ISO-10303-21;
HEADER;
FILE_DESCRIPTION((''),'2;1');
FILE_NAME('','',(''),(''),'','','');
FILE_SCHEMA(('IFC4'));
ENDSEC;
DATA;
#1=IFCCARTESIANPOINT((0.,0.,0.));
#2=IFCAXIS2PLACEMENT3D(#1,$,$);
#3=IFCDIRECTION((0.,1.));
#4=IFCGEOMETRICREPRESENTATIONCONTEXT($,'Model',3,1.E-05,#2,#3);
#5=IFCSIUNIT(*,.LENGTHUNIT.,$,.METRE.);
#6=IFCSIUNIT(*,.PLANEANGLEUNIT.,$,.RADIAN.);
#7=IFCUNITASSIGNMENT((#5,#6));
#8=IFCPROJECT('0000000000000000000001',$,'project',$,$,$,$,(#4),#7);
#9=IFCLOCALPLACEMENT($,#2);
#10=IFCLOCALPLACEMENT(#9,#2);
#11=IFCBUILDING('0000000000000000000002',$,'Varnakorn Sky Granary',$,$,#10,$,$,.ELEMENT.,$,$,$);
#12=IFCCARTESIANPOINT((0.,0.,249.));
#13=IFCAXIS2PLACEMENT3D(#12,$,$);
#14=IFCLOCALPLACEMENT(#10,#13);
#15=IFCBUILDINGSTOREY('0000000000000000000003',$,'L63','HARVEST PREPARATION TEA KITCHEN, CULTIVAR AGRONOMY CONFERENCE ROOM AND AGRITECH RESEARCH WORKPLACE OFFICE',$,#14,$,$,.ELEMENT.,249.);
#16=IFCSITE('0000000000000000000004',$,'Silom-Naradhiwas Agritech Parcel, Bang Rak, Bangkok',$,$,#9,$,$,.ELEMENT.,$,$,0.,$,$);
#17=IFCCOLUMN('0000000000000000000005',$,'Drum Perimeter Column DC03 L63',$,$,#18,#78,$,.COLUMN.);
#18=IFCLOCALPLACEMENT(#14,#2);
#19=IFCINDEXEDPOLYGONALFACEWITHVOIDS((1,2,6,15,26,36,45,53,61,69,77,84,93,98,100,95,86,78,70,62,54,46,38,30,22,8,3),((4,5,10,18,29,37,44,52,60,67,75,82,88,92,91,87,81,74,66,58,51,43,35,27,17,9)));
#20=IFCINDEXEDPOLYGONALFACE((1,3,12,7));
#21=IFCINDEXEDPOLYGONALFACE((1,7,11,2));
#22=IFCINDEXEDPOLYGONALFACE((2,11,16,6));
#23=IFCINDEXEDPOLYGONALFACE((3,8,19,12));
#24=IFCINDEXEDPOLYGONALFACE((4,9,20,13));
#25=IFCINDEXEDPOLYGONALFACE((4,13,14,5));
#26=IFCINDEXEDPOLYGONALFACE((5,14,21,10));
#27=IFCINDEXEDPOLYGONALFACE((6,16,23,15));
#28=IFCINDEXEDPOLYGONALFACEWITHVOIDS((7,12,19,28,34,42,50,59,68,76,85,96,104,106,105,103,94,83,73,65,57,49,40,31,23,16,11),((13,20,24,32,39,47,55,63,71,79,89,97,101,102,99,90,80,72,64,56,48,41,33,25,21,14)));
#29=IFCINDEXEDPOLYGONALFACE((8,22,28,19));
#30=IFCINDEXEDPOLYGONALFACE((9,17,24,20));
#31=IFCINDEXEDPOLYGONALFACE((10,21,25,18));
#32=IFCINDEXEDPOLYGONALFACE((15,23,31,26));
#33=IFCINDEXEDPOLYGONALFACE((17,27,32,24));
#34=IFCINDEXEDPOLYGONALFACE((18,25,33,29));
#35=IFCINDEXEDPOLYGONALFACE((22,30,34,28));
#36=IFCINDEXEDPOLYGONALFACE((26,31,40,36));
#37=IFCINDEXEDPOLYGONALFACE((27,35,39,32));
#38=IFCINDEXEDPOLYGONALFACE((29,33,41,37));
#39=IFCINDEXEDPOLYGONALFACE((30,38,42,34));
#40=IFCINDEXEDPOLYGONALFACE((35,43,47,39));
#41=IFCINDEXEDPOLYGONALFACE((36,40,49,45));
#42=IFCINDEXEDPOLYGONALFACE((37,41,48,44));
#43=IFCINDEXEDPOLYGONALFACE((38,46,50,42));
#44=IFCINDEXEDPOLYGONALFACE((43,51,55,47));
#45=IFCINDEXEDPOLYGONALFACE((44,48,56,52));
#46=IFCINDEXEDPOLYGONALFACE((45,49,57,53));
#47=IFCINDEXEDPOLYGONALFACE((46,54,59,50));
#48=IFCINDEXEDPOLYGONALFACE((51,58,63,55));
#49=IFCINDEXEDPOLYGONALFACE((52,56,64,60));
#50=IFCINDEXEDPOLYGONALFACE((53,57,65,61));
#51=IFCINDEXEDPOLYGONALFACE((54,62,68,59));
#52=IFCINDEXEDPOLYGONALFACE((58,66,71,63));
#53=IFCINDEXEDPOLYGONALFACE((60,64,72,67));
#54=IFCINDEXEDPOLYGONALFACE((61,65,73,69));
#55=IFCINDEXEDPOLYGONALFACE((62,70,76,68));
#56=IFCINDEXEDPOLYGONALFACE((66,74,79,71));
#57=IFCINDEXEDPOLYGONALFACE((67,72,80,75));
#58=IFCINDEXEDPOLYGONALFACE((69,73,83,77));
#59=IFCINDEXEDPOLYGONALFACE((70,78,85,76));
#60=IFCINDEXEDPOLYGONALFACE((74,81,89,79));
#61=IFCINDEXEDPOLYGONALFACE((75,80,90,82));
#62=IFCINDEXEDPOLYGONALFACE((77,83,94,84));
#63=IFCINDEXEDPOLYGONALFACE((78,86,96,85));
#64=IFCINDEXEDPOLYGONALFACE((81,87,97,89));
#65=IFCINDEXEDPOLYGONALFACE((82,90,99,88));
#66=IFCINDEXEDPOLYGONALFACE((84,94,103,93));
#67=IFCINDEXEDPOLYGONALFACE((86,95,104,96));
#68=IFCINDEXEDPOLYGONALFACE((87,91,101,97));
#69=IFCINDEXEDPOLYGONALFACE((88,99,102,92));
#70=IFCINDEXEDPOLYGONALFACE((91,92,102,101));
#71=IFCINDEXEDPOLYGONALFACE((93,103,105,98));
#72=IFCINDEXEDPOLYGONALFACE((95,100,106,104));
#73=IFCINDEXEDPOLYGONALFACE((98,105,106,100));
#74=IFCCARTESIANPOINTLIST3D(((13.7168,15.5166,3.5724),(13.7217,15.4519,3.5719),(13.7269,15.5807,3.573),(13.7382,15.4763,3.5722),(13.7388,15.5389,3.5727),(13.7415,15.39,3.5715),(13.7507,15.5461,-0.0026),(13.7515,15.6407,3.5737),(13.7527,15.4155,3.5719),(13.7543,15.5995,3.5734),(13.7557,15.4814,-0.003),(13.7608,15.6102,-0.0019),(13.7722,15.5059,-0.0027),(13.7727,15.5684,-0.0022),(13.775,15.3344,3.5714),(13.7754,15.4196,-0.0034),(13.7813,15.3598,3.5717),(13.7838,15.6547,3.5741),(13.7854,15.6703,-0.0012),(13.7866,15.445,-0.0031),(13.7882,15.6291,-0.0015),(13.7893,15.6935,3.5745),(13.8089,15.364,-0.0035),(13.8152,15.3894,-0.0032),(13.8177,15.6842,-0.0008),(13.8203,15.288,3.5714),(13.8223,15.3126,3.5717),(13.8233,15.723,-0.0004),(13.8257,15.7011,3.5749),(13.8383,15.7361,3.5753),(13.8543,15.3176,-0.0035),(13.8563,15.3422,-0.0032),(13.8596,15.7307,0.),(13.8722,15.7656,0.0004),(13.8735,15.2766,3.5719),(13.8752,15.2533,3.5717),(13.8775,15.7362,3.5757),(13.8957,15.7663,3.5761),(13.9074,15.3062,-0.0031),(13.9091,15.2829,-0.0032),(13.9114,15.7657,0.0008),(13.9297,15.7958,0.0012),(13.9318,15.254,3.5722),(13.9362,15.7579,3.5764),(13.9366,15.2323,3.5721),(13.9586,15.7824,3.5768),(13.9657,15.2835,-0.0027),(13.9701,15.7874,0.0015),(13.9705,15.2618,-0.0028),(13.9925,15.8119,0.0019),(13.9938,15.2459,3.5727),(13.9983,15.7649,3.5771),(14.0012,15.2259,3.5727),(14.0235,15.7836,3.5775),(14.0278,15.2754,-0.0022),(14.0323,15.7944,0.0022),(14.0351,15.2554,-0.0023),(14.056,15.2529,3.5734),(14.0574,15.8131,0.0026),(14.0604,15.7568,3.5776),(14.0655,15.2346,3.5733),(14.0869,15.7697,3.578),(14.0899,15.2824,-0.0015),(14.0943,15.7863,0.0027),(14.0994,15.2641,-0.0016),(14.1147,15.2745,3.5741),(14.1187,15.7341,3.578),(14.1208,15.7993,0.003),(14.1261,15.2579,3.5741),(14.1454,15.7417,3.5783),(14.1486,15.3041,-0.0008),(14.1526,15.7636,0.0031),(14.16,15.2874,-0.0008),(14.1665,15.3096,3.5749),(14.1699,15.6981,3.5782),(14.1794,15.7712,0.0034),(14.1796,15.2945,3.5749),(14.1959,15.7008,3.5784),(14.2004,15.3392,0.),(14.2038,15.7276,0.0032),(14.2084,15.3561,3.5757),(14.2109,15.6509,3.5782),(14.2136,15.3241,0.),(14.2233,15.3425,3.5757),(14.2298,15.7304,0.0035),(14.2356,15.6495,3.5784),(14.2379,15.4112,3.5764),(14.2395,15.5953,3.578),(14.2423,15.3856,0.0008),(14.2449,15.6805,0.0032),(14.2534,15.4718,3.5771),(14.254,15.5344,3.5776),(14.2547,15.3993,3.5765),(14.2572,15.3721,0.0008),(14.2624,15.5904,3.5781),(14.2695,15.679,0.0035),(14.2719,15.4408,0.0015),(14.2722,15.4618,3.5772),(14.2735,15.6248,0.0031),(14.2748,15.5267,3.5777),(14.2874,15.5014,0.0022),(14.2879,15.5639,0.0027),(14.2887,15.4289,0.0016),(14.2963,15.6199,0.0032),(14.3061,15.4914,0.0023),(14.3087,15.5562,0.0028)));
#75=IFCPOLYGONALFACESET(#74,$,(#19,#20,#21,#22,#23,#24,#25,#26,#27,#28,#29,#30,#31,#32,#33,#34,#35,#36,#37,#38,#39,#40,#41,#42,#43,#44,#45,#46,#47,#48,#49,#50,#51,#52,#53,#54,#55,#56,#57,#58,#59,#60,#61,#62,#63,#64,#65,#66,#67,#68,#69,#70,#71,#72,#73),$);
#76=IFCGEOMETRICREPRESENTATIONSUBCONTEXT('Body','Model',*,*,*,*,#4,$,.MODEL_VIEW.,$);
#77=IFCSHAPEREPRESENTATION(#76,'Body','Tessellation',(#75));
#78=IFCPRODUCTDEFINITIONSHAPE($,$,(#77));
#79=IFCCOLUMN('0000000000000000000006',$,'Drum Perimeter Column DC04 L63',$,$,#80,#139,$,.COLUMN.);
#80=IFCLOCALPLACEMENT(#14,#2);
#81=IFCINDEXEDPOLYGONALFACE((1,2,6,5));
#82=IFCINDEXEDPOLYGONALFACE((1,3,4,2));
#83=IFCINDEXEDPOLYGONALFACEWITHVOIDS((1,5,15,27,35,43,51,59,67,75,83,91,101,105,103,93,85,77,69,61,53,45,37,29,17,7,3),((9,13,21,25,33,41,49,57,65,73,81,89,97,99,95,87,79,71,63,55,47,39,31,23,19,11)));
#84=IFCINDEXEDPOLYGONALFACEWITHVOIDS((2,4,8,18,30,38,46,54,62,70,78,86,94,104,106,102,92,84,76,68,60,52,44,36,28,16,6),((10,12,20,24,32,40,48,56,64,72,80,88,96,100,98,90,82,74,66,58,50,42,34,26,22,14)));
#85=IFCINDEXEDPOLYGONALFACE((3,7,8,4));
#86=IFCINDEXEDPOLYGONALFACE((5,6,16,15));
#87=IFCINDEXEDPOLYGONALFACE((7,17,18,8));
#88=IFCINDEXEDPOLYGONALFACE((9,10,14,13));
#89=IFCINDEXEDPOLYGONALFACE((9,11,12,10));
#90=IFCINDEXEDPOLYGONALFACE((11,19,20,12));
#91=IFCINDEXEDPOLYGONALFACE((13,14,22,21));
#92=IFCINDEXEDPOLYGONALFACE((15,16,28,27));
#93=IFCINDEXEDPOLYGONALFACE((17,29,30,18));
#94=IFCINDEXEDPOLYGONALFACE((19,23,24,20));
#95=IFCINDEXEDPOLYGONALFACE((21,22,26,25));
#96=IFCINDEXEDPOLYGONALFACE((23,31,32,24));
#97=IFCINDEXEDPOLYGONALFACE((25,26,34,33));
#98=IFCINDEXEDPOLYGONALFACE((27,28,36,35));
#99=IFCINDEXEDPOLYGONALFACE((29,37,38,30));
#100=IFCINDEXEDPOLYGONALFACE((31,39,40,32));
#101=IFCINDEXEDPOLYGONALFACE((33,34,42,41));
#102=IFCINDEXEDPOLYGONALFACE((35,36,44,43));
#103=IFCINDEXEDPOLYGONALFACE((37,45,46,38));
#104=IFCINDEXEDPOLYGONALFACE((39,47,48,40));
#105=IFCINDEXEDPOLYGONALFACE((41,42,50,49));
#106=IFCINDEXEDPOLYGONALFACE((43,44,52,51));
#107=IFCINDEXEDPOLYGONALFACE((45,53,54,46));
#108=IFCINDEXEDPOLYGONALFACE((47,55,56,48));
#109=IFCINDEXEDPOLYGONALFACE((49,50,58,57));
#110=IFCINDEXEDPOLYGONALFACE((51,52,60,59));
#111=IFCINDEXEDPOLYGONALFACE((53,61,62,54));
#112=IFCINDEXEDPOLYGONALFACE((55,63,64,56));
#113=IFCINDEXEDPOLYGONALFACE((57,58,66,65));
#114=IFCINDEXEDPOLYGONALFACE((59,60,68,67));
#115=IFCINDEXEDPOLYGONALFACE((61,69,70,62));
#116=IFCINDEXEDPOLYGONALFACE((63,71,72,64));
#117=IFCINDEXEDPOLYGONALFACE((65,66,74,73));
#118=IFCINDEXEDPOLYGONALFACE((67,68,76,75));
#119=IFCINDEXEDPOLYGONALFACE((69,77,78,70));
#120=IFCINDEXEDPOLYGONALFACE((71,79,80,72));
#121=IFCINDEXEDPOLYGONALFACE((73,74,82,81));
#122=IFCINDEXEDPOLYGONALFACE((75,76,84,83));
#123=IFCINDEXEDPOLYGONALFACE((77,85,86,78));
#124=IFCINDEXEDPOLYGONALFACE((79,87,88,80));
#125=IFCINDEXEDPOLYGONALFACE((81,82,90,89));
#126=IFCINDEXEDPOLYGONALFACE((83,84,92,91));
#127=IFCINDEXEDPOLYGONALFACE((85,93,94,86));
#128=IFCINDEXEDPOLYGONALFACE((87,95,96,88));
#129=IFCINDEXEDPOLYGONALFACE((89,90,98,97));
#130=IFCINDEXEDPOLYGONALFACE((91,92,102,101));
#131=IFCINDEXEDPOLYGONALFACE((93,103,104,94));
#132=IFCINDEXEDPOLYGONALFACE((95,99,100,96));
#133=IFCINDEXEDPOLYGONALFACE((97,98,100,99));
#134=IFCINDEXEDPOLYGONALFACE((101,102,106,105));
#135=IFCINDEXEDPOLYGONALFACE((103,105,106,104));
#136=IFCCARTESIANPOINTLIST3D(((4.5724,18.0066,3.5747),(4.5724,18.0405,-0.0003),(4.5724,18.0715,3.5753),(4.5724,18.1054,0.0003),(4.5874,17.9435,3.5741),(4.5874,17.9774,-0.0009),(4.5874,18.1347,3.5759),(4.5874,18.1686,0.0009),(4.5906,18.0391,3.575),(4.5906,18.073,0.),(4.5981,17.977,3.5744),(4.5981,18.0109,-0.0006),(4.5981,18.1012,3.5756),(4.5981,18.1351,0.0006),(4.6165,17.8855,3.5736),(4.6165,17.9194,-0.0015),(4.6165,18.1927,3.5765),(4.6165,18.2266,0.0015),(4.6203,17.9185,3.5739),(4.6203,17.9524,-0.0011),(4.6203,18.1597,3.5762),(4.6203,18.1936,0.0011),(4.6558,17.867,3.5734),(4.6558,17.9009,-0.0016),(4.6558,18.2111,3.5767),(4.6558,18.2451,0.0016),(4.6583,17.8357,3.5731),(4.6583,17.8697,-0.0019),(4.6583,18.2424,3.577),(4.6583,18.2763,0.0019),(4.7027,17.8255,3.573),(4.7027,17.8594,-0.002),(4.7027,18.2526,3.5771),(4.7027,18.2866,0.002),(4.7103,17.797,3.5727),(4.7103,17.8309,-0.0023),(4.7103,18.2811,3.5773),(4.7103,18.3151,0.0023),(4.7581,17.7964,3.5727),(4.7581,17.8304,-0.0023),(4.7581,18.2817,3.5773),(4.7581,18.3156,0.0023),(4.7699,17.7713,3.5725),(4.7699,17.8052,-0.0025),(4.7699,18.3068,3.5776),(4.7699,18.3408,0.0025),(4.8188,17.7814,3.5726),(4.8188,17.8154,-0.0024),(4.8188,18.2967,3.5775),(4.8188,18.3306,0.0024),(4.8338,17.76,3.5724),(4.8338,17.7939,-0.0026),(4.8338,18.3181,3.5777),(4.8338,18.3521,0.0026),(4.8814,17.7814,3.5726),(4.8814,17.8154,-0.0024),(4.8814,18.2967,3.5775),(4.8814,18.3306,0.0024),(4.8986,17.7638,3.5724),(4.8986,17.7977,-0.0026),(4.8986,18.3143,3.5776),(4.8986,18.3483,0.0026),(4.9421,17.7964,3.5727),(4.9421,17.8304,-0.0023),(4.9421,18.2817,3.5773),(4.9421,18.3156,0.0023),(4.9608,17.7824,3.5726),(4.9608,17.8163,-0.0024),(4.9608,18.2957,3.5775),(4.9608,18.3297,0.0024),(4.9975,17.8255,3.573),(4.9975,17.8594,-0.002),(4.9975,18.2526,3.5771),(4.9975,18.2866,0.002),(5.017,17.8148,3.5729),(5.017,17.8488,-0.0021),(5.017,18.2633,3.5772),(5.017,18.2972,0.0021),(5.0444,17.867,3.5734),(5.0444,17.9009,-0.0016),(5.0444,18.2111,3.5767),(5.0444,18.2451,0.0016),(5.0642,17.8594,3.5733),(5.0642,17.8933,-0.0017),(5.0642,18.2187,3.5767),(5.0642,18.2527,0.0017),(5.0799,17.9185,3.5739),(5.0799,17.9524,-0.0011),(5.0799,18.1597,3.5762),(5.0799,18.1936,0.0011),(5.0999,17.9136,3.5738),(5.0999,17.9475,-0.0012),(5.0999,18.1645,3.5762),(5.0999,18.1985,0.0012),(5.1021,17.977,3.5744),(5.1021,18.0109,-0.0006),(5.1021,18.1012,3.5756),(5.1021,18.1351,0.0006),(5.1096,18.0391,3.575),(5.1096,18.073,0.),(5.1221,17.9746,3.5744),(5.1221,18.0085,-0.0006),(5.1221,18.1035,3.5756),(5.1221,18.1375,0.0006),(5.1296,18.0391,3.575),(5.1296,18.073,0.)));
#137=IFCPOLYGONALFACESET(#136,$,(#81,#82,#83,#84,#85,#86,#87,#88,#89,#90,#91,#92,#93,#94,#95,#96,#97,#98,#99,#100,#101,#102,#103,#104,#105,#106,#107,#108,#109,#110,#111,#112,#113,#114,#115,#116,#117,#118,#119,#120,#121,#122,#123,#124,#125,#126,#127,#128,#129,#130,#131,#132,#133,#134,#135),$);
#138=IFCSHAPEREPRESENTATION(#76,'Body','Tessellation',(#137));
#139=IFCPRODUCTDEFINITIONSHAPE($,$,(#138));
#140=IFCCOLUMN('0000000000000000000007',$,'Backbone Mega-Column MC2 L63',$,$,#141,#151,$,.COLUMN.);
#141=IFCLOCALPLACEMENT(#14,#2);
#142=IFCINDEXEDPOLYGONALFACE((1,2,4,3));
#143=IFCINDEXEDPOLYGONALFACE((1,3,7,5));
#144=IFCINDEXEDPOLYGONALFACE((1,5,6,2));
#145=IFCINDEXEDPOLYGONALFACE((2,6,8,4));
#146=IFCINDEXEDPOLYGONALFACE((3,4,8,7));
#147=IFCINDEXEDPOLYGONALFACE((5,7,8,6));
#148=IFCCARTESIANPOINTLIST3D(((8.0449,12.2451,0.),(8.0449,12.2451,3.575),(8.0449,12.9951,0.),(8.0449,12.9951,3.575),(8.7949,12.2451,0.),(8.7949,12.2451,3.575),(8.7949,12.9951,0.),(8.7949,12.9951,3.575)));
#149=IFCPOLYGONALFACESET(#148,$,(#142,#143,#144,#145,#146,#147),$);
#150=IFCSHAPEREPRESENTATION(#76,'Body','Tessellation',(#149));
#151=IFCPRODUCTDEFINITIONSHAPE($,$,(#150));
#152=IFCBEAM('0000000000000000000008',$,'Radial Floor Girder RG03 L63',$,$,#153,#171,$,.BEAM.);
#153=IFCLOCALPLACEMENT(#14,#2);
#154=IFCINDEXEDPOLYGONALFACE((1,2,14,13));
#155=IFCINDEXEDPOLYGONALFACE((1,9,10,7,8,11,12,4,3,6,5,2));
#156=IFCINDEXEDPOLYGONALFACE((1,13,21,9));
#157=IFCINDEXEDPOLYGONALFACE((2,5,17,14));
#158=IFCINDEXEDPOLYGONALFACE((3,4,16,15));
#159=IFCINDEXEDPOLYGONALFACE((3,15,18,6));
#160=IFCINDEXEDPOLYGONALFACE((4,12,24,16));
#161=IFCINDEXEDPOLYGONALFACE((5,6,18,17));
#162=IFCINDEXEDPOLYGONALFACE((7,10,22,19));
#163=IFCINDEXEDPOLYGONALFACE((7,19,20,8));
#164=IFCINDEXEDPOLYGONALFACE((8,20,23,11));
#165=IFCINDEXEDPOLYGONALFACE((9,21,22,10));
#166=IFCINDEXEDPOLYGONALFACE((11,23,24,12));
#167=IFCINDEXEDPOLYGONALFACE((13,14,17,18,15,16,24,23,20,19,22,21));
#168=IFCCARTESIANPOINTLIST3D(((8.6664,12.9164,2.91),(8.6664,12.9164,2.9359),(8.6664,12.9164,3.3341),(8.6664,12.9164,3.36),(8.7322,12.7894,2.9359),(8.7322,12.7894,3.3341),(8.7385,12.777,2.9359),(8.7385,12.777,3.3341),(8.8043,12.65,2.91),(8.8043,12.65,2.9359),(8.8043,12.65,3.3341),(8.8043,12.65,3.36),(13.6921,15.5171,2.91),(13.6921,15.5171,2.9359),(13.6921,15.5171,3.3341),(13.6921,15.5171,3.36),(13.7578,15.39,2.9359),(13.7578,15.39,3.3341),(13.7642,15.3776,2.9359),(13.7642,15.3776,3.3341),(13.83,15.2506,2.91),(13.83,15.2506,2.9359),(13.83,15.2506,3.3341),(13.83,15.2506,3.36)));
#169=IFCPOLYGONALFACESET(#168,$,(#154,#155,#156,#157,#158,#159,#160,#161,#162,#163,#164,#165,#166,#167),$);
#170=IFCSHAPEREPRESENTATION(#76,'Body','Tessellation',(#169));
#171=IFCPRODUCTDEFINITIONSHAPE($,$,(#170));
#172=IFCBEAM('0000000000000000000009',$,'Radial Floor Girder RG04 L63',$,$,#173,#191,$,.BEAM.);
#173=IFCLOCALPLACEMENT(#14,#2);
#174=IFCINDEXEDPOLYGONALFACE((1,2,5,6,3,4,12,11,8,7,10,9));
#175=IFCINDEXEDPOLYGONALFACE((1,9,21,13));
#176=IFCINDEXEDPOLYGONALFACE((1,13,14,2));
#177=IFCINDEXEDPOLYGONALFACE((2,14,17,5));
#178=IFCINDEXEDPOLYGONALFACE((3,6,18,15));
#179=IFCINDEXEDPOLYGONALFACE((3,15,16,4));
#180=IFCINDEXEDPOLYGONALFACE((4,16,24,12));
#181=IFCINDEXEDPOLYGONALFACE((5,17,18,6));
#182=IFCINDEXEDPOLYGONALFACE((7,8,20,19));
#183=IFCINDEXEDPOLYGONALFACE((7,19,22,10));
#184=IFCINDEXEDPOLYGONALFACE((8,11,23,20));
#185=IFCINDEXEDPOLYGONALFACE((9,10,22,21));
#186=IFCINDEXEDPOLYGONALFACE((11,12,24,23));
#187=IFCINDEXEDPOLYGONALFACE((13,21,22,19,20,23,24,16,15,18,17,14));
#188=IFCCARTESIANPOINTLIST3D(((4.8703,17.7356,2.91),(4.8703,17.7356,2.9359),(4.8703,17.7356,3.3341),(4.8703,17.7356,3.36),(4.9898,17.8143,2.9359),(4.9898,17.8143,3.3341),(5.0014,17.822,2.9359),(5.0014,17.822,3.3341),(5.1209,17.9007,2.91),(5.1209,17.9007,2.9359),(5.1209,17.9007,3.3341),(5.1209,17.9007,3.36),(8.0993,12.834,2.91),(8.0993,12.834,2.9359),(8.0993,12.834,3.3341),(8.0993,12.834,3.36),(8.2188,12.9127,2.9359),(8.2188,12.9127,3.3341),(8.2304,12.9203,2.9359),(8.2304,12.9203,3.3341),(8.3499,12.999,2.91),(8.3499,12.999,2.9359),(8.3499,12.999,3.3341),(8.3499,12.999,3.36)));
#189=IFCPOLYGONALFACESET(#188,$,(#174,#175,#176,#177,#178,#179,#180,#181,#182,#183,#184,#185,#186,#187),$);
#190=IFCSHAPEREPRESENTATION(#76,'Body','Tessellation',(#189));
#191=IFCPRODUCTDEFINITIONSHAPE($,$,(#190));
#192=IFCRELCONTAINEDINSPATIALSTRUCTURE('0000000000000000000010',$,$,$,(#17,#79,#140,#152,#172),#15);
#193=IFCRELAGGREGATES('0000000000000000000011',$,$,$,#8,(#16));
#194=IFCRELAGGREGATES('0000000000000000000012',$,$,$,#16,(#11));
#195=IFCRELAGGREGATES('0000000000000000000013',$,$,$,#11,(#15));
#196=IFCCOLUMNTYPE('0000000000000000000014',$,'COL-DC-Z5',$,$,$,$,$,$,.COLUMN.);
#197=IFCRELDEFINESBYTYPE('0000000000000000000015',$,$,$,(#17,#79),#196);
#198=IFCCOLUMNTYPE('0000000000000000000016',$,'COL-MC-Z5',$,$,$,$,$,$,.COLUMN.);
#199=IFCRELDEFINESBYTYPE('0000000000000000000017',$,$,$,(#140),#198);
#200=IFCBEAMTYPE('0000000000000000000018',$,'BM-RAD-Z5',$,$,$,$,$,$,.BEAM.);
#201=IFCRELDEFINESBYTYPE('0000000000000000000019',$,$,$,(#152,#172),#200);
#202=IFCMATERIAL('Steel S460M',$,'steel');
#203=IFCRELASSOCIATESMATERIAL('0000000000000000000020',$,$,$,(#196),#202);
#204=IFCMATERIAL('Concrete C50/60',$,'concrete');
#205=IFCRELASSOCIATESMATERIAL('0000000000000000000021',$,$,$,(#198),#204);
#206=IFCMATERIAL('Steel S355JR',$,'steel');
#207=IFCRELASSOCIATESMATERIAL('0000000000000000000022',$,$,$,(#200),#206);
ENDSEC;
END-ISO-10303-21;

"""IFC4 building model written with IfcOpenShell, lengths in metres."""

from ifc_helpers import new_model, si_unit, direction, frame, origin, origin_2d, place, context, subcontext, project, spatial, rectangle, hollow_circle, i_section, extrude, material, material_profile, profile_set, type_object, element, save


model = new_model("IFC4")

# Units and contexts
model_context = context("Model", 3, precision=1e-05, world=origin(), true_north=direction((0.0, 1.0)))
body_context = subcontext(model_context, "Body", "Model", "MODEL_VIEW")
ifc_project = project(units=[si_unit("LENGTHUNIT", "METRE"), si_unit("PLANEANGLEUNIT", "RADIAN")], contexts=[model_context])

# Site, building, storey
site_placement = place(None, origin())
site = spatial("IfcSite", under=ifc_project, at=site_placement, Name="Silom-Naradhiwas Agritech Parcel, Bang Rak, Bangkok", CompositionType="ELEMENT", RefElevation=0.0)
building_placement = place(site_placement, origin())
building = spatial("IfcBuilding", under=site, at=building_placement, Name="Varnakorn Sky Granary", CompositionType="ELEMENT")
storey_placement = place(building_placement, frame((0.0, 0.0, 249.0)))
storey = spatial("IfcBuildingStorey", under=building, at=storey_placement, Name="L63", Description="HARVEST PREPARATION TEA KITCHEN, CULTIVAR AGRONOMY CONFERENCE ROOM AND AGRITECH RESEARCH WORKPLACE OFFICE", CompositionType="ELEMENT", Elevation=249.0)

# Columns
ifc_material_1 = material(Name="Steel S460M", Category="steel")
ifc_material_profile_1 = material_profile(ifc_material_1, hollow_circle(Radius=0.2795, WallThickness=0.02, at=origin_2d()), Name="CHS 559x20")
ifc_profile_set_1 = profile_set([ifc_material_profile_1], Name="Steel S460M")
column_type_1 = type_object("IfcColumnType", Name="COL-DC-Z5", PredefinedType="COLUMN", material=ifc_profile_set_1)
for number, where, z_axis, x_axis, name in (
    (1, (14.03, 15.5349, 0.0), (-0.009492, -0.008263, 0.999921), (0.656582, -0.754255, 0.0), "Drum Perimeter Column DC03 L63"),
    (2, (4.8501, 18.073, 0.0), (0.0, -0.009492, 0.999955), (1.0, 0.0, 0.0), "Drum Perimeter Column DC04 L63"),
):
    element("IfcColumn", number, at=place(storey_placement, frame(where, z_axis=z_axis, x_axis=x_axis)), inside=storey, type_object=column_type_1, Name=name, PredefinedType="COLUMN", context=body_context, shape_type="SweptSolid", body=[
        extrude(hollow_circle(Radius=0.2795, WallThickness=0.02, at=origin_2d()), origin(), (0.0, 0.0, 1.0), 3.5752),
    ])
ifc_material_2 = material(Name="Concrete C50/60", Category="concrete")
ifc_material_profile_2 = material_profile(ifc_material_2, rectangle(XDim=0.75, YDim=0.75, at=origin_2d()), Name="RC 750x750")
ifc_profile_set_2 = profile_set([ifc_material_profile_2], Name="Concrete C50/60")
column_type_2 = type_object("IfcColumnType", Name="COL-MC-Z5", PredefinedType="COLUMN", material=ifc_profile_set_2)
column_placement = place(storey_placement, frame((8.4199, 12.6201, 0.0), z_axis=(0.0, 0.0, 1.0), x_axis=(1.0, 0.0, 0.0)))
element("IfcColumn", 3, at=column_placement, inside=storey, type_object=column_type_2, Name="Backbone Mega-Column MC2 L63", PredefinedType="COLUMN", context=body_context, shape_type="SweptSolid", body=[
    extrude(rectangle(XDim=0.75, YDim=0.75, at=origin_2d()), origin(), (0.0, 0.0, 1.0), 3.575),
])

# Beams
ifc_material_3 = material(Name="Steel S355JR", Category="steel")
ifc_material_profile_3 = material_profile(ifc_material_3, i_section(OverallWidth=0.3, OverallDepth=0.45, WebThickness=0.0139, FlangeThickness=0.0259, at=origin_2d()), Name="HE 450 B")
ifc_profile_set_3 = profile_set([ifc_material_profile_3], Name="Steel S355JR")
beam_type_1 = type_object("IfcBeamType", Name="BM-RAD-Z5", PredefinedType="BEAM", material=ifc_profile_set_3)
beam_1_placement = place(storey_placement, frame((8.7354, 12.7832, 3.135), z_axis=(0.888137, 0.459579, 0.0), x_axis=(-0.459579, 0.888137, 0.0)))
element("IfcBeam", 4, at=beam_1_placement, inside=storey, type_object=beam_type_1, Name="Radial Floor Girder RG03 L63", PredefinedType="BEAM", context=body_context, shape_type="SweptSolid", body=[
    extrude(i_section(OverallWidth=0.3, OverallDepth=0.45, WebThickness=0.0139, FlangeThickness=0.0259, at=origin_2d()), origin(), (0.0, 0.0, 1.0), 5.6587),
])
beam_2_placement = place(storey_placement, frame((8.2246, 12.9165, 3.135), z_axis=(-0.550123, 0.835084, 0.0), x_axis=(-0.835084, -0.550123, 0.0)))
element("IfcBeam", 5, at=beam_2_placement, inside=storey, type_object=beam_type_1, Name="Radial Floor Girder RG04 L63", PredefinedType="BEAM", context=body_context, shape_type="SweptSolid", body=[
    extrude(i_section(OverallWidth=0.3, OverallDepth=0.45, WebThickness=0.0139, FlangeThickness=0.0259, at=origin_2d()), origin(), (0.0, 0.0, 1.0), 5.8696),
])

save(model, "model.ifc")
